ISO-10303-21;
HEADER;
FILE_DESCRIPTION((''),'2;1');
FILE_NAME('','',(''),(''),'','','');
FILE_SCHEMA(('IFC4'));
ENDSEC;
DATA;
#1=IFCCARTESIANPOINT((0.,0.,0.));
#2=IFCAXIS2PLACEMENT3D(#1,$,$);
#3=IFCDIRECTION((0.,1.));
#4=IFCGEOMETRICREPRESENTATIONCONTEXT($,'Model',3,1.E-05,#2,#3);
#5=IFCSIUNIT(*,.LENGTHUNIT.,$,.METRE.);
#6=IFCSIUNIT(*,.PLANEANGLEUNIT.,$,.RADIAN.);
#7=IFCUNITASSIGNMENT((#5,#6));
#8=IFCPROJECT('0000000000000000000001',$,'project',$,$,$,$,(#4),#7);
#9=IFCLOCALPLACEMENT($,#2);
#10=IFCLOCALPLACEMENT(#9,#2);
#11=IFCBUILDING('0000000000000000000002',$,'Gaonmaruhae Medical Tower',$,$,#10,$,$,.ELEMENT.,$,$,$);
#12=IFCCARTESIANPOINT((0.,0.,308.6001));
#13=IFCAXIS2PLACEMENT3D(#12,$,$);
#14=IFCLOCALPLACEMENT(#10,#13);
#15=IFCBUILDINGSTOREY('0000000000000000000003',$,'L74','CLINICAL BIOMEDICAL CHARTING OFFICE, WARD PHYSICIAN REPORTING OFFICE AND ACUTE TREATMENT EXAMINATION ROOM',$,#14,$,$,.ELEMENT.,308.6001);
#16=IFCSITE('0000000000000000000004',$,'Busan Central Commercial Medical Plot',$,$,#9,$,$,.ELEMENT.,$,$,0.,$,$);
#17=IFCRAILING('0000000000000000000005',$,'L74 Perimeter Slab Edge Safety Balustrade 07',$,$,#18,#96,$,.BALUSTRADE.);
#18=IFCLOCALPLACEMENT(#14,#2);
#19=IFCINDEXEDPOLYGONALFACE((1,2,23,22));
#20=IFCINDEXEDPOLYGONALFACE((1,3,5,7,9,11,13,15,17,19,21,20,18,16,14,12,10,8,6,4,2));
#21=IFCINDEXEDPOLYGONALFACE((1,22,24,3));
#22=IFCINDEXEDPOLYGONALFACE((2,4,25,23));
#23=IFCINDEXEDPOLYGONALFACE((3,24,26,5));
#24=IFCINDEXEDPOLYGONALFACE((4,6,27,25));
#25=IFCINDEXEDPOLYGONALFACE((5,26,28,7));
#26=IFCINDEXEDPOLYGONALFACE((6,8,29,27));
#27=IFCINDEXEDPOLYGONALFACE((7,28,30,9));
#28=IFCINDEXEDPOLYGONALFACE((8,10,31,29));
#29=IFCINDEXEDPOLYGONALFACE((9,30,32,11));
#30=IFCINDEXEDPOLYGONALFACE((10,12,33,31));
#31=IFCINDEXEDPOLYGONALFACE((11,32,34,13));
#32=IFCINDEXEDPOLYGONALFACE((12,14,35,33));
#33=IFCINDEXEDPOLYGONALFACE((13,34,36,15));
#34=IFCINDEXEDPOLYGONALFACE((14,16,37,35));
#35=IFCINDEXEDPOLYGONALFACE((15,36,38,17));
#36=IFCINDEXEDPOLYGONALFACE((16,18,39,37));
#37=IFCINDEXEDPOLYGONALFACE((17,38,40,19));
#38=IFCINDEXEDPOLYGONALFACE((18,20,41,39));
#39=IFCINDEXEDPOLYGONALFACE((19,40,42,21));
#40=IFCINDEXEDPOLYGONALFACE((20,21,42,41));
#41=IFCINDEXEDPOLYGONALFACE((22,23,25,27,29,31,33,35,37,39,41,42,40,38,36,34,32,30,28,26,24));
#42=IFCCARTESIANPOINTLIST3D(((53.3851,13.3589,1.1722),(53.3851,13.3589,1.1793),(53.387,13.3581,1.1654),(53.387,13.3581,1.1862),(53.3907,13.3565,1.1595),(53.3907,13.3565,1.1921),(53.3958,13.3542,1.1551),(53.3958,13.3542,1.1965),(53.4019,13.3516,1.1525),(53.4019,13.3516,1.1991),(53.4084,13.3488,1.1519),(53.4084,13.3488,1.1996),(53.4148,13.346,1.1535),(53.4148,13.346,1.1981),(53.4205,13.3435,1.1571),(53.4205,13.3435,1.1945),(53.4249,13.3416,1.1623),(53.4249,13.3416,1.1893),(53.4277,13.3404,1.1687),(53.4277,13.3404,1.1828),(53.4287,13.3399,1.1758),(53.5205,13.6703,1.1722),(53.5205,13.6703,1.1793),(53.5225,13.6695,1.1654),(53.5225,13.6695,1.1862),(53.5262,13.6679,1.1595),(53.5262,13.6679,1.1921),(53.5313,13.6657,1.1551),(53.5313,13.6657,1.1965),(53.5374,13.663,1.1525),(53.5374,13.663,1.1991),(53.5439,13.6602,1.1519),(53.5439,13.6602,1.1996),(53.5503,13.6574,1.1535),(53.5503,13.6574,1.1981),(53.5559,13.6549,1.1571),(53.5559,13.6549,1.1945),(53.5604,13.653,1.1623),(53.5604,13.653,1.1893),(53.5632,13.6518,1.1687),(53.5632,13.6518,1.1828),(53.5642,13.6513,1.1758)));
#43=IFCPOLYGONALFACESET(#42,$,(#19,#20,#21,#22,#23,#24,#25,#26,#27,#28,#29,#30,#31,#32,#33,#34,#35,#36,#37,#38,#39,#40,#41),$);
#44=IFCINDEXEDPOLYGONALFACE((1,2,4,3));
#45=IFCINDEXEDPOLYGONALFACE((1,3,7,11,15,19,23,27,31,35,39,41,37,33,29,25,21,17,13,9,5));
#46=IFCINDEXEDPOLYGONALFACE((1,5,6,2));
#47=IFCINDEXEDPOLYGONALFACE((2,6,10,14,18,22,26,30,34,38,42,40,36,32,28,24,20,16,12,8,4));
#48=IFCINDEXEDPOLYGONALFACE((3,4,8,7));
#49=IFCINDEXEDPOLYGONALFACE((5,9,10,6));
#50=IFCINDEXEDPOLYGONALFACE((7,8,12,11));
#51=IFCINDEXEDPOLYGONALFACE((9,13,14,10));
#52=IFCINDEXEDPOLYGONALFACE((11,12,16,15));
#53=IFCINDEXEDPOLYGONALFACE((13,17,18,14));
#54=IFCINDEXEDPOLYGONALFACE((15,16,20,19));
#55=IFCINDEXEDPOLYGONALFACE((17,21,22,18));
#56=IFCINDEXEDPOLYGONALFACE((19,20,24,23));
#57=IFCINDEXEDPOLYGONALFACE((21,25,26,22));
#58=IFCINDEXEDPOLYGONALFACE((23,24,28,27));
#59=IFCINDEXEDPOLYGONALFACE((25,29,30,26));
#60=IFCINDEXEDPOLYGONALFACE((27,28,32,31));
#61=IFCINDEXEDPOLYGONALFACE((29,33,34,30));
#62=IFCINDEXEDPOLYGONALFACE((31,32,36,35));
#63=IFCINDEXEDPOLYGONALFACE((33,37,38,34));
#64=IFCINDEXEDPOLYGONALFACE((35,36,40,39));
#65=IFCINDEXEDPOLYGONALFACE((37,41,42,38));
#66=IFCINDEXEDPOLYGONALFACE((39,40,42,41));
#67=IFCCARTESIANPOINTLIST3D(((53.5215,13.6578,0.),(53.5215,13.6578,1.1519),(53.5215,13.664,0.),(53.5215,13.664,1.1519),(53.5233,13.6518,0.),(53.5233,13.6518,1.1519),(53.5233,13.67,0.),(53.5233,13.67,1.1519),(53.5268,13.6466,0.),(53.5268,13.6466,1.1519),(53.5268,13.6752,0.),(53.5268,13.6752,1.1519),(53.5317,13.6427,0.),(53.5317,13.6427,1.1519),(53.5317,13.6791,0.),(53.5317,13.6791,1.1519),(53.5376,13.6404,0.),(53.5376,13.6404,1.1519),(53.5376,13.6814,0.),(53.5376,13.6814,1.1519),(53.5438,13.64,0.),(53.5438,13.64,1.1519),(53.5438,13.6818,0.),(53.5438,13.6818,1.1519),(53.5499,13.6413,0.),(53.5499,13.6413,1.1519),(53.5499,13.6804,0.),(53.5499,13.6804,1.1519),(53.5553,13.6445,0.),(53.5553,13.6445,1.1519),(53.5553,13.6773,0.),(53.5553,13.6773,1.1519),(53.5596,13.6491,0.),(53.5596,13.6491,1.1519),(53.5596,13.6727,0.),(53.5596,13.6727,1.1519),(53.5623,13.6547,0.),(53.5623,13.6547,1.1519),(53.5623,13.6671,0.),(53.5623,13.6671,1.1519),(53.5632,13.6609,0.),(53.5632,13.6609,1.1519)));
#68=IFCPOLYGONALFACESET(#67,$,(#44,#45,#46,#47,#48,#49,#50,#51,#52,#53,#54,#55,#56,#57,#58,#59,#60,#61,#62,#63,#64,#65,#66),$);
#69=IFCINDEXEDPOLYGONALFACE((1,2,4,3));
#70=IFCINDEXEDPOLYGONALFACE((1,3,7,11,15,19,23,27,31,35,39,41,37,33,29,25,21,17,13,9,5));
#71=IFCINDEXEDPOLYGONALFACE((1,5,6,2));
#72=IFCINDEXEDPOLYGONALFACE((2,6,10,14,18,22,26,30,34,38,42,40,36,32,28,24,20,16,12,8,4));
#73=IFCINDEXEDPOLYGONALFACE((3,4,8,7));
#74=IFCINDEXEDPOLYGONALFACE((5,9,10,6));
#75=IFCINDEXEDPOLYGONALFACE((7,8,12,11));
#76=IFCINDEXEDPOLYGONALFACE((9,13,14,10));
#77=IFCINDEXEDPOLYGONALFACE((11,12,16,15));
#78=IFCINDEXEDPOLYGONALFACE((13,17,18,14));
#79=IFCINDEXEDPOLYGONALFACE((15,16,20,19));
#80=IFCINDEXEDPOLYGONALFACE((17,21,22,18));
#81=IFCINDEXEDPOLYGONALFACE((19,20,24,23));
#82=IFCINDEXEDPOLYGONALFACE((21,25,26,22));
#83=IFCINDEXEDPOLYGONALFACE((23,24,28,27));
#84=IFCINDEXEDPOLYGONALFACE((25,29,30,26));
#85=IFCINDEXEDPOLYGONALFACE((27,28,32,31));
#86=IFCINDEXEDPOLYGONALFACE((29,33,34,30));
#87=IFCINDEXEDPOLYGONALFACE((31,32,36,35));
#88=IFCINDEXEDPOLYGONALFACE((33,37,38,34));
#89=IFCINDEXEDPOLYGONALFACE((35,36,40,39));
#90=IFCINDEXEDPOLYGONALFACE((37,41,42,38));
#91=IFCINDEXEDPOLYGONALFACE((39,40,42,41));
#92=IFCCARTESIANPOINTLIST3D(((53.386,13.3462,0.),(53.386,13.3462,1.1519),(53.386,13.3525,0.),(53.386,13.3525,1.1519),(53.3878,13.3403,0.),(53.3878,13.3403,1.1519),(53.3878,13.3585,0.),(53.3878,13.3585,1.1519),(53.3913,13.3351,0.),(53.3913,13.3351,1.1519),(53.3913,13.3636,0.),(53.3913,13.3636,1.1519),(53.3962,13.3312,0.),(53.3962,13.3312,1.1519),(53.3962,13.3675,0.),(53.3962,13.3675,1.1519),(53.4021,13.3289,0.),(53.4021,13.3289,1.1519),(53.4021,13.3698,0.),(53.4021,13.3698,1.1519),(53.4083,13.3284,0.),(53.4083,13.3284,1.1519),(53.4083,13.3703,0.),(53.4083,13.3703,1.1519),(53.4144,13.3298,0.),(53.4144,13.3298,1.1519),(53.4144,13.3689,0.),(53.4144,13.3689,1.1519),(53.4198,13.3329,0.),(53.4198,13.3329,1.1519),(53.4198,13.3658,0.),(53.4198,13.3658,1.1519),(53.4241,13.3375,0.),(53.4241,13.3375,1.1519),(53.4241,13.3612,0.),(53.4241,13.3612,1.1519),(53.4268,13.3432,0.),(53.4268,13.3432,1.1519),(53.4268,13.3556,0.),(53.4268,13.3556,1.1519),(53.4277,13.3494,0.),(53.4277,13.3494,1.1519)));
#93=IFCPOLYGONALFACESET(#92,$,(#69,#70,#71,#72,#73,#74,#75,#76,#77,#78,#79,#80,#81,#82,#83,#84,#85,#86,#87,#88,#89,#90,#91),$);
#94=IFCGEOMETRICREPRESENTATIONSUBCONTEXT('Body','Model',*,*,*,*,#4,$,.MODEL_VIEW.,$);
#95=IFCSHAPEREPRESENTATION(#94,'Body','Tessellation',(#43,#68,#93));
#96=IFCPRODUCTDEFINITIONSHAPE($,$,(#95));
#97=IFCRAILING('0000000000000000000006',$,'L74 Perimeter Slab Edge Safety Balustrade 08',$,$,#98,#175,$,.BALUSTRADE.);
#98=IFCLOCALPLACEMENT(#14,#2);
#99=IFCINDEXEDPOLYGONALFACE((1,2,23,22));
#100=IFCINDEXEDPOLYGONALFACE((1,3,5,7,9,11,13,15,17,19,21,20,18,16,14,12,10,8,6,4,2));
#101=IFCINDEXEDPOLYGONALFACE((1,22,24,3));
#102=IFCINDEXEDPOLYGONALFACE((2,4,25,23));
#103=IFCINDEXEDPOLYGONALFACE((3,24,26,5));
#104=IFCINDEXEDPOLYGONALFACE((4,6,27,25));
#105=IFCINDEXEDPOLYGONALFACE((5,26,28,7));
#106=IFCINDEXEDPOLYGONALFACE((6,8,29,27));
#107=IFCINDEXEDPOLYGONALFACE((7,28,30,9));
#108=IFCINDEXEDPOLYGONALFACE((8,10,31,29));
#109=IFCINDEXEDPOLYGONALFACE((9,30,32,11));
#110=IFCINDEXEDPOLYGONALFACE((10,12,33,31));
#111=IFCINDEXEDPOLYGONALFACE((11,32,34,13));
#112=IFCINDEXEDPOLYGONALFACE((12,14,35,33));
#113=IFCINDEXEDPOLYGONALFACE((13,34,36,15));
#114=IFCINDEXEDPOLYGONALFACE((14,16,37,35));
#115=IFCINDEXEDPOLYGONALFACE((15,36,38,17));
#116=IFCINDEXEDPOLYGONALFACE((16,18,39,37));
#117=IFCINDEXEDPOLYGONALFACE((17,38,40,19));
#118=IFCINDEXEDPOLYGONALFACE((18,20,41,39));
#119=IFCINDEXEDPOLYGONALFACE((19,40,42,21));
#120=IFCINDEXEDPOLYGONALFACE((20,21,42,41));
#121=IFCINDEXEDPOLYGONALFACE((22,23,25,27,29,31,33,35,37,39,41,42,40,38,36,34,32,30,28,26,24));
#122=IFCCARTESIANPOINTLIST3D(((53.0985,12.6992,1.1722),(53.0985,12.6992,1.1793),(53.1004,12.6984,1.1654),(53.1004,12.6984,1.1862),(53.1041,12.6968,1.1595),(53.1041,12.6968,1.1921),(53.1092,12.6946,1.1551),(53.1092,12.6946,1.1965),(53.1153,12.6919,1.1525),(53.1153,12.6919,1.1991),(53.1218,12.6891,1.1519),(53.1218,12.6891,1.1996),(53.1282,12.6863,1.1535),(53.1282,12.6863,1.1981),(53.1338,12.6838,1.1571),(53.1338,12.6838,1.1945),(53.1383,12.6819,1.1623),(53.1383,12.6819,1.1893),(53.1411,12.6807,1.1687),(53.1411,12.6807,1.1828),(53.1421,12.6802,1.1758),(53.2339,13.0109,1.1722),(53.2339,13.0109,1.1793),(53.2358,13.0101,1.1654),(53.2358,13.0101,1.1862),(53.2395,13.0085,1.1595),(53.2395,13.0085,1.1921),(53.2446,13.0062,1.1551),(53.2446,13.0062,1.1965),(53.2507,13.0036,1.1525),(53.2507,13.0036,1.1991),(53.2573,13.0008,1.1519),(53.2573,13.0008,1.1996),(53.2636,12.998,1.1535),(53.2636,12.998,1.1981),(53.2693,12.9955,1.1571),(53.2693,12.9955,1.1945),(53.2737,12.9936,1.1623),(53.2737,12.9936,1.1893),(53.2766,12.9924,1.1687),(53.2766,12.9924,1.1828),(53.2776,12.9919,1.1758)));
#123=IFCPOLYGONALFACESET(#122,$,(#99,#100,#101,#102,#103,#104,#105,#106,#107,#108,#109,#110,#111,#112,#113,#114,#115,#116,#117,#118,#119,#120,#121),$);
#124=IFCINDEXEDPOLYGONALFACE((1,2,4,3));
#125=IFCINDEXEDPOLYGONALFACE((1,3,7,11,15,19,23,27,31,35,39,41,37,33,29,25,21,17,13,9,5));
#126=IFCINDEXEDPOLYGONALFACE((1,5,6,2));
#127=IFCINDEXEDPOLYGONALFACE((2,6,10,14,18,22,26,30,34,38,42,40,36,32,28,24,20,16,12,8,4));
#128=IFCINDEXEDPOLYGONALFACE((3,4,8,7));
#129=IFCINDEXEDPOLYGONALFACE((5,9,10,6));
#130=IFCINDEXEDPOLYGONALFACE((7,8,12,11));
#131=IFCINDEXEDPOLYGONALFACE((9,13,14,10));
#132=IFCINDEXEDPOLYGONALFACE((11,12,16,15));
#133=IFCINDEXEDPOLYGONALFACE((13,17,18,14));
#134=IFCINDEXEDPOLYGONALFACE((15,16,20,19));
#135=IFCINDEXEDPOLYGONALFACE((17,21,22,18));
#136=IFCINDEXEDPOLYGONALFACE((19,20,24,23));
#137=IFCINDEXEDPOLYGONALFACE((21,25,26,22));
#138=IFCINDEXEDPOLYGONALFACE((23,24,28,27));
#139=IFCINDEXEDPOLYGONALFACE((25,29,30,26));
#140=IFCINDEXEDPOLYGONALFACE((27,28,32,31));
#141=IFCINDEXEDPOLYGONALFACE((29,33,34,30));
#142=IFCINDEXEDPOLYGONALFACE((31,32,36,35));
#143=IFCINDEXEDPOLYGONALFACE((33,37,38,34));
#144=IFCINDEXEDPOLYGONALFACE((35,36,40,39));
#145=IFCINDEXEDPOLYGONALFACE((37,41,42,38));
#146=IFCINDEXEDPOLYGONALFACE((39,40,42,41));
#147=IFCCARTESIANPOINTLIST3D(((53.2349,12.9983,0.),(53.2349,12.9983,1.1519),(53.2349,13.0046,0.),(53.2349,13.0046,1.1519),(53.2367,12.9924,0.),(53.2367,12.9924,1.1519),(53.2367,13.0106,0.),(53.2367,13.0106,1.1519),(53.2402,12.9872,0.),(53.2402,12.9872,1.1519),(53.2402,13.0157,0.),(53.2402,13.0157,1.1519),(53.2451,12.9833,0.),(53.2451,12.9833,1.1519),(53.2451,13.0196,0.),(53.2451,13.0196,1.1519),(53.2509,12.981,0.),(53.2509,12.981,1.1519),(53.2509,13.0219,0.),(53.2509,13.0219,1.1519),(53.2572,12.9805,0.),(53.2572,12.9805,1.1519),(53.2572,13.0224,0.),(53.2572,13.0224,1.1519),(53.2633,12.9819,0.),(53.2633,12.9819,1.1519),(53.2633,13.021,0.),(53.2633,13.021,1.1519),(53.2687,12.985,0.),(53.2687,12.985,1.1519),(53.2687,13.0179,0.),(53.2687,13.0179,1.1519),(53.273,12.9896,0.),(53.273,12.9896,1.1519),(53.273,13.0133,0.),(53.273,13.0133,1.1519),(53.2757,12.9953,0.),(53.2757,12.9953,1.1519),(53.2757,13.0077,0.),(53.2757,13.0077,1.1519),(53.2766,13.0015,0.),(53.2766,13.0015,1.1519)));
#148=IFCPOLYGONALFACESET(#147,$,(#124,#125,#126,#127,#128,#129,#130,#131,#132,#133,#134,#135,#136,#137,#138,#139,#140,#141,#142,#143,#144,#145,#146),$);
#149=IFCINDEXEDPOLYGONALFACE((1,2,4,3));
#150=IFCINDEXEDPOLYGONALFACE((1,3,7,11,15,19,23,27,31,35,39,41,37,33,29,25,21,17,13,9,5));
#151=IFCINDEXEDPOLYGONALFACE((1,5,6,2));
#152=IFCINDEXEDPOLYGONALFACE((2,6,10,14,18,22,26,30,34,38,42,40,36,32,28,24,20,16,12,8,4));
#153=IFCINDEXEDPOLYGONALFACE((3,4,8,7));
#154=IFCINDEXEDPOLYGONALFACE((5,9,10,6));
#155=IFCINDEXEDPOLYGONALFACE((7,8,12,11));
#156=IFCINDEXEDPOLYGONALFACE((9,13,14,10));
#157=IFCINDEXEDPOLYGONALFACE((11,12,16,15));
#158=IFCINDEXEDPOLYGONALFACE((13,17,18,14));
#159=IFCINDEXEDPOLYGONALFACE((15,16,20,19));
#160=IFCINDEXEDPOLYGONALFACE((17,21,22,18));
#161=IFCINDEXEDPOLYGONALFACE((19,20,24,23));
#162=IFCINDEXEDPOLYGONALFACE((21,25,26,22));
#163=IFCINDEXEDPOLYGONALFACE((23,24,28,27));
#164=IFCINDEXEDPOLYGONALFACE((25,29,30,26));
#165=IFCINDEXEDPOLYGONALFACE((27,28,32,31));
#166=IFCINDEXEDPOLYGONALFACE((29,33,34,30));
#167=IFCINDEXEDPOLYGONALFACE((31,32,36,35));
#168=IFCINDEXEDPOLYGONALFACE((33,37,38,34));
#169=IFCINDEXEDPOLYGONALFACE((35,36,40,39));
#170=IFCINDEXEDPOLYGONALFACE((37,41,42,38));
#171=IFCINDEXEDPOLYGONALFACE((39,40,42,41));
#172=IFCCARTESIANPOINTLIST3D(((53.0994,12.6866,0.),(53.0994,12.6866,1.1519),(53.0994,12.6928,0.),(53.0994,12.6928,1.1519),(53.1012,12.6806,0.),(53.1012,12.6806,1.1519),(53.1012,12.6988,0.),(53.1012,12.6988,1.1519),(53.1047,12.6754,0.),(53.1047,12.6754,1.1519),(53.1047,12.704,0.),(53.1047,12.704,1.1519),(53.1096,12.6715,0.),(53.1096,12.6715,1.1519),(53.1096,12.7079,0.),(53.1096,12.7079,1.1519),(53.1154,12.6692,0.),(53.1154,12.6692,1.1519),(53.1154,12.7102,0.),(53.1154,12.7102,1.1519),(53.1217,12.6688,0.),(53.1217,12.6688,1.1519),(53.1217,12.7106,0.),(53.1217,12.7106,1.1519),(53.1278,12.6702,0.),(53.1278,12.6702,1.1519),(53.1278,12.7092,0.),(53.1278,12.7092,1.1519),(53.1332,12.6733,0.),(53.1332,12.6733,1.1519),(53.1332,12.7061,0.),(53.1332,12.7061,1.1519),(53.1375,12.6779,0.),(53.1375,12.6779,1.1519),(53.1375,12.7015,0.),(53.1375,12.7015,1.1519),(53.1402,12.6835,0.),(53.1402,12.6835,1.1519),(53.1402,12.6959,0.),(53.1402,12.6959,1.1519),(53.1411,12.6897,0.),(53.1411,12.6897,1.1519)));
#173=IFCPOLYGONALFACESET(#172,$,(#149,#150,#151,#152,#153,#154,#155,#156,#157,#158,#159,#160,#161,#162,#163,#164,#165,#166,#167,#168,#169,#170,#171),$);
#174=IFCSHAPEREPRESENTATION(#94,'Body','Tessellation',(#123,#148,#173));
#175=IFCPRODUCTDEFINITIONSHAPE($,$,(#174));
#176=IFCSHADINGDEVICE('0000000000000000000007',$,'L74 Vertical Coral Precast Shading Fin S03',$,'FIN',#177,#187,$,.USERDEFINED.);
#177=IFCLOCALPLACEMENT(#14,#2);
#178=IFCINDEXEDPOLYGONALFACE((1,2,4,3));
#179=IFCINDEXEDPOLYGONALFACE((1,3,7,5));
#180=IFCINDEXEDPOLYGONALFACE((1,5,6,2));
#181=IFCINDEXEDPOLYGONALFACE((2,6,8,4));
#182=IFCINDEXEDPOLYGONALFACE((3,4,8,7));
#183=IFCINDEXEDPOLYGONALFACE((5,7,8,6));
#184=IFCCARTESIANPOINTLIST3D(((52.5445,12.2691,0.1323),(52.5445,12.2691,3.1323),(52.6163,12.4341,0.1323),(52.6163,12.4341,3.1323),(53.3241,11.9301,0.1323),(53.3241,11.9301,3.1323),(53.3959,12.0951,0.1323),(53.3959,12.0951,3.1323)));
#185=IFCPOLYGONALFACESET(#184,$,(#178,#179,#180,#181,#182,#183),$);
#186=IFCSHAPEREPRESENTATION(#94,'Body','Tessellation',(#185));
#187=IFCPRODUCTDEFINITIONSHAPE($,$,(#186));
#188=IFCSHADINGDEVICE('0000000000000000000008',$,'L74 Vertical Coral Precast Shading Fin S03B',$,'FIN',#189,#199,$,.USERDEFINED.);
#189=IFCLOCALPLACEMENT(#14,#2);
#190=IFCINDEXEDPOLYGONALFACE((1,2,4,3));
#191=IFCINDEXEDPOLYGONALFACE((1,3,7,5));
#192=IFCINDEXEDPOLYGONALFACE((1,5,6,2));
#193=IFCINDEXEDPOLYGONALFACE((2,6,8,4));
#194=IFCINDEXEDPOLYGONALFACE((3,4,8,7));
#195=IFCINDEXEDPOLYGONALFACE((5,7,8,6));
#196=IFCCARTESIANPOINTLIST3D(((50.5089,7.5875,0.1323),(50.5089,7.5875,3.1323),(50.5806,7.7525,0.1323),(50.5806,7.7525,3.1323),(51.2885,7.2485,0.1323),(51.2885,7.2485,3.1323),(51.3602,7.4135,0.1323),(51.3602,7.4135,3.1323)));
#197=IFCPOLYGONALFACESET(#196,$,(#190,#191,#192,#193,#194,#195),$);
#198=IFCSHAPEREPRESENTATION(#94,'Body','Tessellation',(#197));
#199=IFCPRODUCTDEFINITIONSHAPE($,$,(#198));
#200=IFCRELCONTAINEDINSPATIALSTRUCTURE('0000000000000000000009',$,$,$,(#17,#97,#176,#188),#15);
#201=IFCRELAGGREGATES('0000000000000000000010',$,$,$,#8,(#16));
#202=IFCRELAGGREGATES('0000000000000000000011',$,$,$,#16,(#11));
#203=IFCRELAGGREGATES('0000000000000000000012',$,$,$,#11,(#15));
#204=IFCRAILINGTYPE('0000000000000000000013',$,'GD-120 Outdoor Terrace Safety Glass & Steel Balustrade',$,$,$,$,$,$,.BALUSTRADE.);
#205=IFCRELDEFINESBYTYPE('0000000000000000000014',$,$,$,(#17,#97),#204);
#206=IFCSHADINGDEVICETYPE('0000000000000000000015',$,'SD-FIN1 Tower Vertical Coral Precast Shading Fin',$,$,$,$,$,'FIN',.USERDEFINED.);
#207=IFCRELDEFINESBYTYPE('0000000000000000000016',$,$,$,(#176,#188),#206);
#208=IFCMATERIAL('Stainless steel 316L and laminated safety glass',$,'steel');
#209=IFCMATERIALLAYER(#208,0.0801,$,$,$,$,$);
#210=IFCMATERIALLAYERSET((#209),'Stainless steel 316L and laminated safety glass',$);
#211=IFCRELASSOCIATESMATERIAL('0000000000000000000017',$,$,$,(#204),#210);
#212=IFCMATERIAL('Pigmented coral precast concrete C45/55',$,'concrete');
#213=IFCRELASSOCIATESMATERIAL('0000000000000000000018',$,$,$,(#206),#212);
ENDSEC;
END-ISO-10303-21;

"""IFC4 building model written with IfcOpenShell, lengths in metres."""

from ifc_helpers import new_model, si_unit, direction, frame, origin, origin_2d, place, context, subcontext, project, spatial, rectangle, circle, extrude, material, layer, layer_set, type_object, element, save


model = new_model("IFC4")

# Units and contexts
model_context = context("Model", 3, precision=1e-05, world=origin(), true_north=direction((0.0, 1.0)))
body_context = subcontext(model_context, "Body", "Model", "MODEL_VIEW")
ifc_project = project(units=[si_unit("LENGTHUNIT", "METRE"), si_unit("PLANEANGLEUNIT", "RADIAN")], contexts=[model_context])

# Site, building, storey
site_placement = place(None, origin())
site = spatial("IfcSite", under=ifc_project, at=site_placement, Name="Busan Central Commercial Medical Plot", CompositionType="ELEMENT", RefElevation=0.0)
building_placement = place(site_placement, origin())
building = spatial("IfcBuilding", under=site, at=building_placement, Name="Gaonmaruhae Medical Tower", CompositionType="ELEMENT")
storey_placement = place(building_placement, frame((0.0, 0.0, 308.6001)))
storey = spatial("IfcBuildingStorey", under=building, at=storey_placement, Name="L74", Description="CLINICAL BIOMEDICAL CHARTING OFFICE, WARD PHYSICIAN REPORTING OFFICE AND ACUTE TREATMENT EXAMINATION ROOM", CompositionType="ELEMENT", Elevation=308.6001)

# Railings
ifc_material_1 = material(Name="Stainless steel 316L and laminated safety glass", Category="steel")
ifc_layer_1 = layer(ifc_material_1, 0.0801)
ifc_layer_set_1 = layer_set([ifc_layer_1], Name="Stainless steel 316L and laminated safety glass")
railing_type = type_object("IfcRailingType", Name="GD-120 Outdoor Terrace Safety Glass & Steel Balustrade", PredefinedType="BALUSTRADE", material=ifc_layer_set_1)
railing_1_placement = place(storey_placement, frame((53.5422, 13.6609, 0.0)))
element("IfcRailing", 1, at=railing_1_placement, inside=storey, type_object=railing_type, Name="L74 Perimeter Slab Edge Safety Balustrade 07", PredefinedType="BALUSTRADE", context=body_context, shape_type="SweptSolid", body=[
    extrude(circle(Radius=0.0239, at=origin_2d()), frame((0.0, 0.0, 1.1758), z_axis=(-0.398858, -0.917013, 0.0), x_axis=(0.917013, -0.398858, 0.0)), (0.0, 0.0, 1.0), 0.3396),
    extrude(circle(Radius=0.021, at=origin_2d()), origin(), (0.0, 0.0, 1.0), 1.1519),
    extrude(circle(Radius=0.021, at=origin_2d()), frame((-0.1355, -0.3115, 0.0)), (0.0, 0.0, 1.0), 1.1519),
])
railing_2_placement = place(storey_placement, frame((53.2556, 13.0015, 0.0)))
element("IfcRailing", 2, at=railing_2_placement, inside=storey, type_object=railing_type, Name="L74 Perimeter Slab Edge Safety Balustrade 08", PredefinedType="BALUSTRADE", context=body_context, shape_type="SweptSolid", body=[
    extrude(circle(Radius=0.0239, at=origin_2d()), frame((0.0, 0.0, 1.1758), z_axis=(-0.398595, -0.917127, 0.0), x_axis=(0.917127, -0.398595, 0.0)), (0.0, 0.0, 1.0), 0.3398),
    extrude(circle(Radius=0.021, at=origin_2d()), origin(), (0.0, 0.0, 1.0), 1.1519),
    extrude(circle(Radius=0.021, at=origin_2d()), frame((-0.1355, -0.3118, 0.0)), (0.0, 0.0, 1.0), 1.1519),
])

# Shading devices
ifc_material_2 = material(Name="Pigmented coral precast concrete C45/55", Category="concrete")
shading_device_type = type_object("IfcShadingDeviceType", Name="SD-FIN1 Tower Vertical Coral Precast Shading Fin", ElementType="FIN", PredefinedType="USERDEFINED", material=ifc_material_2)
for number, where, z_axis, x_axis, name in (
    (3, (52.9702, 12.1821, 0.1323), (0.0, 0.0, 1.0), (-0.398749, -0.91706, 0.0), "L74 Vertical Coral Precast Shading Fin S03"),
    (4, (50.9346, 7.5005, 0.1323), (0.0, 0.0, 1.0), (-0.398749, -0.91706, 0.0), "L74 Vertical Coral Precast Shading Fin S03B"),
):
    element("IfcShadingDevice", number, at=place(storey_placement, frame(where, z_axis=z_axis, x_axis=x_axis)), inside=storey, type_object=shading_device_type, Name=name, ObjectType="FIN", PredefinedType="USERDEFINED", context=body_context, shape_type="SweptSolid", body=[
        extrude(rectangle(XDim=0.1799, YDim=0.8501, at=origin_2d()), origin(), (0.0, 0.0, 1.0), 3.0),
    ])

save(model, "model.ifc")
